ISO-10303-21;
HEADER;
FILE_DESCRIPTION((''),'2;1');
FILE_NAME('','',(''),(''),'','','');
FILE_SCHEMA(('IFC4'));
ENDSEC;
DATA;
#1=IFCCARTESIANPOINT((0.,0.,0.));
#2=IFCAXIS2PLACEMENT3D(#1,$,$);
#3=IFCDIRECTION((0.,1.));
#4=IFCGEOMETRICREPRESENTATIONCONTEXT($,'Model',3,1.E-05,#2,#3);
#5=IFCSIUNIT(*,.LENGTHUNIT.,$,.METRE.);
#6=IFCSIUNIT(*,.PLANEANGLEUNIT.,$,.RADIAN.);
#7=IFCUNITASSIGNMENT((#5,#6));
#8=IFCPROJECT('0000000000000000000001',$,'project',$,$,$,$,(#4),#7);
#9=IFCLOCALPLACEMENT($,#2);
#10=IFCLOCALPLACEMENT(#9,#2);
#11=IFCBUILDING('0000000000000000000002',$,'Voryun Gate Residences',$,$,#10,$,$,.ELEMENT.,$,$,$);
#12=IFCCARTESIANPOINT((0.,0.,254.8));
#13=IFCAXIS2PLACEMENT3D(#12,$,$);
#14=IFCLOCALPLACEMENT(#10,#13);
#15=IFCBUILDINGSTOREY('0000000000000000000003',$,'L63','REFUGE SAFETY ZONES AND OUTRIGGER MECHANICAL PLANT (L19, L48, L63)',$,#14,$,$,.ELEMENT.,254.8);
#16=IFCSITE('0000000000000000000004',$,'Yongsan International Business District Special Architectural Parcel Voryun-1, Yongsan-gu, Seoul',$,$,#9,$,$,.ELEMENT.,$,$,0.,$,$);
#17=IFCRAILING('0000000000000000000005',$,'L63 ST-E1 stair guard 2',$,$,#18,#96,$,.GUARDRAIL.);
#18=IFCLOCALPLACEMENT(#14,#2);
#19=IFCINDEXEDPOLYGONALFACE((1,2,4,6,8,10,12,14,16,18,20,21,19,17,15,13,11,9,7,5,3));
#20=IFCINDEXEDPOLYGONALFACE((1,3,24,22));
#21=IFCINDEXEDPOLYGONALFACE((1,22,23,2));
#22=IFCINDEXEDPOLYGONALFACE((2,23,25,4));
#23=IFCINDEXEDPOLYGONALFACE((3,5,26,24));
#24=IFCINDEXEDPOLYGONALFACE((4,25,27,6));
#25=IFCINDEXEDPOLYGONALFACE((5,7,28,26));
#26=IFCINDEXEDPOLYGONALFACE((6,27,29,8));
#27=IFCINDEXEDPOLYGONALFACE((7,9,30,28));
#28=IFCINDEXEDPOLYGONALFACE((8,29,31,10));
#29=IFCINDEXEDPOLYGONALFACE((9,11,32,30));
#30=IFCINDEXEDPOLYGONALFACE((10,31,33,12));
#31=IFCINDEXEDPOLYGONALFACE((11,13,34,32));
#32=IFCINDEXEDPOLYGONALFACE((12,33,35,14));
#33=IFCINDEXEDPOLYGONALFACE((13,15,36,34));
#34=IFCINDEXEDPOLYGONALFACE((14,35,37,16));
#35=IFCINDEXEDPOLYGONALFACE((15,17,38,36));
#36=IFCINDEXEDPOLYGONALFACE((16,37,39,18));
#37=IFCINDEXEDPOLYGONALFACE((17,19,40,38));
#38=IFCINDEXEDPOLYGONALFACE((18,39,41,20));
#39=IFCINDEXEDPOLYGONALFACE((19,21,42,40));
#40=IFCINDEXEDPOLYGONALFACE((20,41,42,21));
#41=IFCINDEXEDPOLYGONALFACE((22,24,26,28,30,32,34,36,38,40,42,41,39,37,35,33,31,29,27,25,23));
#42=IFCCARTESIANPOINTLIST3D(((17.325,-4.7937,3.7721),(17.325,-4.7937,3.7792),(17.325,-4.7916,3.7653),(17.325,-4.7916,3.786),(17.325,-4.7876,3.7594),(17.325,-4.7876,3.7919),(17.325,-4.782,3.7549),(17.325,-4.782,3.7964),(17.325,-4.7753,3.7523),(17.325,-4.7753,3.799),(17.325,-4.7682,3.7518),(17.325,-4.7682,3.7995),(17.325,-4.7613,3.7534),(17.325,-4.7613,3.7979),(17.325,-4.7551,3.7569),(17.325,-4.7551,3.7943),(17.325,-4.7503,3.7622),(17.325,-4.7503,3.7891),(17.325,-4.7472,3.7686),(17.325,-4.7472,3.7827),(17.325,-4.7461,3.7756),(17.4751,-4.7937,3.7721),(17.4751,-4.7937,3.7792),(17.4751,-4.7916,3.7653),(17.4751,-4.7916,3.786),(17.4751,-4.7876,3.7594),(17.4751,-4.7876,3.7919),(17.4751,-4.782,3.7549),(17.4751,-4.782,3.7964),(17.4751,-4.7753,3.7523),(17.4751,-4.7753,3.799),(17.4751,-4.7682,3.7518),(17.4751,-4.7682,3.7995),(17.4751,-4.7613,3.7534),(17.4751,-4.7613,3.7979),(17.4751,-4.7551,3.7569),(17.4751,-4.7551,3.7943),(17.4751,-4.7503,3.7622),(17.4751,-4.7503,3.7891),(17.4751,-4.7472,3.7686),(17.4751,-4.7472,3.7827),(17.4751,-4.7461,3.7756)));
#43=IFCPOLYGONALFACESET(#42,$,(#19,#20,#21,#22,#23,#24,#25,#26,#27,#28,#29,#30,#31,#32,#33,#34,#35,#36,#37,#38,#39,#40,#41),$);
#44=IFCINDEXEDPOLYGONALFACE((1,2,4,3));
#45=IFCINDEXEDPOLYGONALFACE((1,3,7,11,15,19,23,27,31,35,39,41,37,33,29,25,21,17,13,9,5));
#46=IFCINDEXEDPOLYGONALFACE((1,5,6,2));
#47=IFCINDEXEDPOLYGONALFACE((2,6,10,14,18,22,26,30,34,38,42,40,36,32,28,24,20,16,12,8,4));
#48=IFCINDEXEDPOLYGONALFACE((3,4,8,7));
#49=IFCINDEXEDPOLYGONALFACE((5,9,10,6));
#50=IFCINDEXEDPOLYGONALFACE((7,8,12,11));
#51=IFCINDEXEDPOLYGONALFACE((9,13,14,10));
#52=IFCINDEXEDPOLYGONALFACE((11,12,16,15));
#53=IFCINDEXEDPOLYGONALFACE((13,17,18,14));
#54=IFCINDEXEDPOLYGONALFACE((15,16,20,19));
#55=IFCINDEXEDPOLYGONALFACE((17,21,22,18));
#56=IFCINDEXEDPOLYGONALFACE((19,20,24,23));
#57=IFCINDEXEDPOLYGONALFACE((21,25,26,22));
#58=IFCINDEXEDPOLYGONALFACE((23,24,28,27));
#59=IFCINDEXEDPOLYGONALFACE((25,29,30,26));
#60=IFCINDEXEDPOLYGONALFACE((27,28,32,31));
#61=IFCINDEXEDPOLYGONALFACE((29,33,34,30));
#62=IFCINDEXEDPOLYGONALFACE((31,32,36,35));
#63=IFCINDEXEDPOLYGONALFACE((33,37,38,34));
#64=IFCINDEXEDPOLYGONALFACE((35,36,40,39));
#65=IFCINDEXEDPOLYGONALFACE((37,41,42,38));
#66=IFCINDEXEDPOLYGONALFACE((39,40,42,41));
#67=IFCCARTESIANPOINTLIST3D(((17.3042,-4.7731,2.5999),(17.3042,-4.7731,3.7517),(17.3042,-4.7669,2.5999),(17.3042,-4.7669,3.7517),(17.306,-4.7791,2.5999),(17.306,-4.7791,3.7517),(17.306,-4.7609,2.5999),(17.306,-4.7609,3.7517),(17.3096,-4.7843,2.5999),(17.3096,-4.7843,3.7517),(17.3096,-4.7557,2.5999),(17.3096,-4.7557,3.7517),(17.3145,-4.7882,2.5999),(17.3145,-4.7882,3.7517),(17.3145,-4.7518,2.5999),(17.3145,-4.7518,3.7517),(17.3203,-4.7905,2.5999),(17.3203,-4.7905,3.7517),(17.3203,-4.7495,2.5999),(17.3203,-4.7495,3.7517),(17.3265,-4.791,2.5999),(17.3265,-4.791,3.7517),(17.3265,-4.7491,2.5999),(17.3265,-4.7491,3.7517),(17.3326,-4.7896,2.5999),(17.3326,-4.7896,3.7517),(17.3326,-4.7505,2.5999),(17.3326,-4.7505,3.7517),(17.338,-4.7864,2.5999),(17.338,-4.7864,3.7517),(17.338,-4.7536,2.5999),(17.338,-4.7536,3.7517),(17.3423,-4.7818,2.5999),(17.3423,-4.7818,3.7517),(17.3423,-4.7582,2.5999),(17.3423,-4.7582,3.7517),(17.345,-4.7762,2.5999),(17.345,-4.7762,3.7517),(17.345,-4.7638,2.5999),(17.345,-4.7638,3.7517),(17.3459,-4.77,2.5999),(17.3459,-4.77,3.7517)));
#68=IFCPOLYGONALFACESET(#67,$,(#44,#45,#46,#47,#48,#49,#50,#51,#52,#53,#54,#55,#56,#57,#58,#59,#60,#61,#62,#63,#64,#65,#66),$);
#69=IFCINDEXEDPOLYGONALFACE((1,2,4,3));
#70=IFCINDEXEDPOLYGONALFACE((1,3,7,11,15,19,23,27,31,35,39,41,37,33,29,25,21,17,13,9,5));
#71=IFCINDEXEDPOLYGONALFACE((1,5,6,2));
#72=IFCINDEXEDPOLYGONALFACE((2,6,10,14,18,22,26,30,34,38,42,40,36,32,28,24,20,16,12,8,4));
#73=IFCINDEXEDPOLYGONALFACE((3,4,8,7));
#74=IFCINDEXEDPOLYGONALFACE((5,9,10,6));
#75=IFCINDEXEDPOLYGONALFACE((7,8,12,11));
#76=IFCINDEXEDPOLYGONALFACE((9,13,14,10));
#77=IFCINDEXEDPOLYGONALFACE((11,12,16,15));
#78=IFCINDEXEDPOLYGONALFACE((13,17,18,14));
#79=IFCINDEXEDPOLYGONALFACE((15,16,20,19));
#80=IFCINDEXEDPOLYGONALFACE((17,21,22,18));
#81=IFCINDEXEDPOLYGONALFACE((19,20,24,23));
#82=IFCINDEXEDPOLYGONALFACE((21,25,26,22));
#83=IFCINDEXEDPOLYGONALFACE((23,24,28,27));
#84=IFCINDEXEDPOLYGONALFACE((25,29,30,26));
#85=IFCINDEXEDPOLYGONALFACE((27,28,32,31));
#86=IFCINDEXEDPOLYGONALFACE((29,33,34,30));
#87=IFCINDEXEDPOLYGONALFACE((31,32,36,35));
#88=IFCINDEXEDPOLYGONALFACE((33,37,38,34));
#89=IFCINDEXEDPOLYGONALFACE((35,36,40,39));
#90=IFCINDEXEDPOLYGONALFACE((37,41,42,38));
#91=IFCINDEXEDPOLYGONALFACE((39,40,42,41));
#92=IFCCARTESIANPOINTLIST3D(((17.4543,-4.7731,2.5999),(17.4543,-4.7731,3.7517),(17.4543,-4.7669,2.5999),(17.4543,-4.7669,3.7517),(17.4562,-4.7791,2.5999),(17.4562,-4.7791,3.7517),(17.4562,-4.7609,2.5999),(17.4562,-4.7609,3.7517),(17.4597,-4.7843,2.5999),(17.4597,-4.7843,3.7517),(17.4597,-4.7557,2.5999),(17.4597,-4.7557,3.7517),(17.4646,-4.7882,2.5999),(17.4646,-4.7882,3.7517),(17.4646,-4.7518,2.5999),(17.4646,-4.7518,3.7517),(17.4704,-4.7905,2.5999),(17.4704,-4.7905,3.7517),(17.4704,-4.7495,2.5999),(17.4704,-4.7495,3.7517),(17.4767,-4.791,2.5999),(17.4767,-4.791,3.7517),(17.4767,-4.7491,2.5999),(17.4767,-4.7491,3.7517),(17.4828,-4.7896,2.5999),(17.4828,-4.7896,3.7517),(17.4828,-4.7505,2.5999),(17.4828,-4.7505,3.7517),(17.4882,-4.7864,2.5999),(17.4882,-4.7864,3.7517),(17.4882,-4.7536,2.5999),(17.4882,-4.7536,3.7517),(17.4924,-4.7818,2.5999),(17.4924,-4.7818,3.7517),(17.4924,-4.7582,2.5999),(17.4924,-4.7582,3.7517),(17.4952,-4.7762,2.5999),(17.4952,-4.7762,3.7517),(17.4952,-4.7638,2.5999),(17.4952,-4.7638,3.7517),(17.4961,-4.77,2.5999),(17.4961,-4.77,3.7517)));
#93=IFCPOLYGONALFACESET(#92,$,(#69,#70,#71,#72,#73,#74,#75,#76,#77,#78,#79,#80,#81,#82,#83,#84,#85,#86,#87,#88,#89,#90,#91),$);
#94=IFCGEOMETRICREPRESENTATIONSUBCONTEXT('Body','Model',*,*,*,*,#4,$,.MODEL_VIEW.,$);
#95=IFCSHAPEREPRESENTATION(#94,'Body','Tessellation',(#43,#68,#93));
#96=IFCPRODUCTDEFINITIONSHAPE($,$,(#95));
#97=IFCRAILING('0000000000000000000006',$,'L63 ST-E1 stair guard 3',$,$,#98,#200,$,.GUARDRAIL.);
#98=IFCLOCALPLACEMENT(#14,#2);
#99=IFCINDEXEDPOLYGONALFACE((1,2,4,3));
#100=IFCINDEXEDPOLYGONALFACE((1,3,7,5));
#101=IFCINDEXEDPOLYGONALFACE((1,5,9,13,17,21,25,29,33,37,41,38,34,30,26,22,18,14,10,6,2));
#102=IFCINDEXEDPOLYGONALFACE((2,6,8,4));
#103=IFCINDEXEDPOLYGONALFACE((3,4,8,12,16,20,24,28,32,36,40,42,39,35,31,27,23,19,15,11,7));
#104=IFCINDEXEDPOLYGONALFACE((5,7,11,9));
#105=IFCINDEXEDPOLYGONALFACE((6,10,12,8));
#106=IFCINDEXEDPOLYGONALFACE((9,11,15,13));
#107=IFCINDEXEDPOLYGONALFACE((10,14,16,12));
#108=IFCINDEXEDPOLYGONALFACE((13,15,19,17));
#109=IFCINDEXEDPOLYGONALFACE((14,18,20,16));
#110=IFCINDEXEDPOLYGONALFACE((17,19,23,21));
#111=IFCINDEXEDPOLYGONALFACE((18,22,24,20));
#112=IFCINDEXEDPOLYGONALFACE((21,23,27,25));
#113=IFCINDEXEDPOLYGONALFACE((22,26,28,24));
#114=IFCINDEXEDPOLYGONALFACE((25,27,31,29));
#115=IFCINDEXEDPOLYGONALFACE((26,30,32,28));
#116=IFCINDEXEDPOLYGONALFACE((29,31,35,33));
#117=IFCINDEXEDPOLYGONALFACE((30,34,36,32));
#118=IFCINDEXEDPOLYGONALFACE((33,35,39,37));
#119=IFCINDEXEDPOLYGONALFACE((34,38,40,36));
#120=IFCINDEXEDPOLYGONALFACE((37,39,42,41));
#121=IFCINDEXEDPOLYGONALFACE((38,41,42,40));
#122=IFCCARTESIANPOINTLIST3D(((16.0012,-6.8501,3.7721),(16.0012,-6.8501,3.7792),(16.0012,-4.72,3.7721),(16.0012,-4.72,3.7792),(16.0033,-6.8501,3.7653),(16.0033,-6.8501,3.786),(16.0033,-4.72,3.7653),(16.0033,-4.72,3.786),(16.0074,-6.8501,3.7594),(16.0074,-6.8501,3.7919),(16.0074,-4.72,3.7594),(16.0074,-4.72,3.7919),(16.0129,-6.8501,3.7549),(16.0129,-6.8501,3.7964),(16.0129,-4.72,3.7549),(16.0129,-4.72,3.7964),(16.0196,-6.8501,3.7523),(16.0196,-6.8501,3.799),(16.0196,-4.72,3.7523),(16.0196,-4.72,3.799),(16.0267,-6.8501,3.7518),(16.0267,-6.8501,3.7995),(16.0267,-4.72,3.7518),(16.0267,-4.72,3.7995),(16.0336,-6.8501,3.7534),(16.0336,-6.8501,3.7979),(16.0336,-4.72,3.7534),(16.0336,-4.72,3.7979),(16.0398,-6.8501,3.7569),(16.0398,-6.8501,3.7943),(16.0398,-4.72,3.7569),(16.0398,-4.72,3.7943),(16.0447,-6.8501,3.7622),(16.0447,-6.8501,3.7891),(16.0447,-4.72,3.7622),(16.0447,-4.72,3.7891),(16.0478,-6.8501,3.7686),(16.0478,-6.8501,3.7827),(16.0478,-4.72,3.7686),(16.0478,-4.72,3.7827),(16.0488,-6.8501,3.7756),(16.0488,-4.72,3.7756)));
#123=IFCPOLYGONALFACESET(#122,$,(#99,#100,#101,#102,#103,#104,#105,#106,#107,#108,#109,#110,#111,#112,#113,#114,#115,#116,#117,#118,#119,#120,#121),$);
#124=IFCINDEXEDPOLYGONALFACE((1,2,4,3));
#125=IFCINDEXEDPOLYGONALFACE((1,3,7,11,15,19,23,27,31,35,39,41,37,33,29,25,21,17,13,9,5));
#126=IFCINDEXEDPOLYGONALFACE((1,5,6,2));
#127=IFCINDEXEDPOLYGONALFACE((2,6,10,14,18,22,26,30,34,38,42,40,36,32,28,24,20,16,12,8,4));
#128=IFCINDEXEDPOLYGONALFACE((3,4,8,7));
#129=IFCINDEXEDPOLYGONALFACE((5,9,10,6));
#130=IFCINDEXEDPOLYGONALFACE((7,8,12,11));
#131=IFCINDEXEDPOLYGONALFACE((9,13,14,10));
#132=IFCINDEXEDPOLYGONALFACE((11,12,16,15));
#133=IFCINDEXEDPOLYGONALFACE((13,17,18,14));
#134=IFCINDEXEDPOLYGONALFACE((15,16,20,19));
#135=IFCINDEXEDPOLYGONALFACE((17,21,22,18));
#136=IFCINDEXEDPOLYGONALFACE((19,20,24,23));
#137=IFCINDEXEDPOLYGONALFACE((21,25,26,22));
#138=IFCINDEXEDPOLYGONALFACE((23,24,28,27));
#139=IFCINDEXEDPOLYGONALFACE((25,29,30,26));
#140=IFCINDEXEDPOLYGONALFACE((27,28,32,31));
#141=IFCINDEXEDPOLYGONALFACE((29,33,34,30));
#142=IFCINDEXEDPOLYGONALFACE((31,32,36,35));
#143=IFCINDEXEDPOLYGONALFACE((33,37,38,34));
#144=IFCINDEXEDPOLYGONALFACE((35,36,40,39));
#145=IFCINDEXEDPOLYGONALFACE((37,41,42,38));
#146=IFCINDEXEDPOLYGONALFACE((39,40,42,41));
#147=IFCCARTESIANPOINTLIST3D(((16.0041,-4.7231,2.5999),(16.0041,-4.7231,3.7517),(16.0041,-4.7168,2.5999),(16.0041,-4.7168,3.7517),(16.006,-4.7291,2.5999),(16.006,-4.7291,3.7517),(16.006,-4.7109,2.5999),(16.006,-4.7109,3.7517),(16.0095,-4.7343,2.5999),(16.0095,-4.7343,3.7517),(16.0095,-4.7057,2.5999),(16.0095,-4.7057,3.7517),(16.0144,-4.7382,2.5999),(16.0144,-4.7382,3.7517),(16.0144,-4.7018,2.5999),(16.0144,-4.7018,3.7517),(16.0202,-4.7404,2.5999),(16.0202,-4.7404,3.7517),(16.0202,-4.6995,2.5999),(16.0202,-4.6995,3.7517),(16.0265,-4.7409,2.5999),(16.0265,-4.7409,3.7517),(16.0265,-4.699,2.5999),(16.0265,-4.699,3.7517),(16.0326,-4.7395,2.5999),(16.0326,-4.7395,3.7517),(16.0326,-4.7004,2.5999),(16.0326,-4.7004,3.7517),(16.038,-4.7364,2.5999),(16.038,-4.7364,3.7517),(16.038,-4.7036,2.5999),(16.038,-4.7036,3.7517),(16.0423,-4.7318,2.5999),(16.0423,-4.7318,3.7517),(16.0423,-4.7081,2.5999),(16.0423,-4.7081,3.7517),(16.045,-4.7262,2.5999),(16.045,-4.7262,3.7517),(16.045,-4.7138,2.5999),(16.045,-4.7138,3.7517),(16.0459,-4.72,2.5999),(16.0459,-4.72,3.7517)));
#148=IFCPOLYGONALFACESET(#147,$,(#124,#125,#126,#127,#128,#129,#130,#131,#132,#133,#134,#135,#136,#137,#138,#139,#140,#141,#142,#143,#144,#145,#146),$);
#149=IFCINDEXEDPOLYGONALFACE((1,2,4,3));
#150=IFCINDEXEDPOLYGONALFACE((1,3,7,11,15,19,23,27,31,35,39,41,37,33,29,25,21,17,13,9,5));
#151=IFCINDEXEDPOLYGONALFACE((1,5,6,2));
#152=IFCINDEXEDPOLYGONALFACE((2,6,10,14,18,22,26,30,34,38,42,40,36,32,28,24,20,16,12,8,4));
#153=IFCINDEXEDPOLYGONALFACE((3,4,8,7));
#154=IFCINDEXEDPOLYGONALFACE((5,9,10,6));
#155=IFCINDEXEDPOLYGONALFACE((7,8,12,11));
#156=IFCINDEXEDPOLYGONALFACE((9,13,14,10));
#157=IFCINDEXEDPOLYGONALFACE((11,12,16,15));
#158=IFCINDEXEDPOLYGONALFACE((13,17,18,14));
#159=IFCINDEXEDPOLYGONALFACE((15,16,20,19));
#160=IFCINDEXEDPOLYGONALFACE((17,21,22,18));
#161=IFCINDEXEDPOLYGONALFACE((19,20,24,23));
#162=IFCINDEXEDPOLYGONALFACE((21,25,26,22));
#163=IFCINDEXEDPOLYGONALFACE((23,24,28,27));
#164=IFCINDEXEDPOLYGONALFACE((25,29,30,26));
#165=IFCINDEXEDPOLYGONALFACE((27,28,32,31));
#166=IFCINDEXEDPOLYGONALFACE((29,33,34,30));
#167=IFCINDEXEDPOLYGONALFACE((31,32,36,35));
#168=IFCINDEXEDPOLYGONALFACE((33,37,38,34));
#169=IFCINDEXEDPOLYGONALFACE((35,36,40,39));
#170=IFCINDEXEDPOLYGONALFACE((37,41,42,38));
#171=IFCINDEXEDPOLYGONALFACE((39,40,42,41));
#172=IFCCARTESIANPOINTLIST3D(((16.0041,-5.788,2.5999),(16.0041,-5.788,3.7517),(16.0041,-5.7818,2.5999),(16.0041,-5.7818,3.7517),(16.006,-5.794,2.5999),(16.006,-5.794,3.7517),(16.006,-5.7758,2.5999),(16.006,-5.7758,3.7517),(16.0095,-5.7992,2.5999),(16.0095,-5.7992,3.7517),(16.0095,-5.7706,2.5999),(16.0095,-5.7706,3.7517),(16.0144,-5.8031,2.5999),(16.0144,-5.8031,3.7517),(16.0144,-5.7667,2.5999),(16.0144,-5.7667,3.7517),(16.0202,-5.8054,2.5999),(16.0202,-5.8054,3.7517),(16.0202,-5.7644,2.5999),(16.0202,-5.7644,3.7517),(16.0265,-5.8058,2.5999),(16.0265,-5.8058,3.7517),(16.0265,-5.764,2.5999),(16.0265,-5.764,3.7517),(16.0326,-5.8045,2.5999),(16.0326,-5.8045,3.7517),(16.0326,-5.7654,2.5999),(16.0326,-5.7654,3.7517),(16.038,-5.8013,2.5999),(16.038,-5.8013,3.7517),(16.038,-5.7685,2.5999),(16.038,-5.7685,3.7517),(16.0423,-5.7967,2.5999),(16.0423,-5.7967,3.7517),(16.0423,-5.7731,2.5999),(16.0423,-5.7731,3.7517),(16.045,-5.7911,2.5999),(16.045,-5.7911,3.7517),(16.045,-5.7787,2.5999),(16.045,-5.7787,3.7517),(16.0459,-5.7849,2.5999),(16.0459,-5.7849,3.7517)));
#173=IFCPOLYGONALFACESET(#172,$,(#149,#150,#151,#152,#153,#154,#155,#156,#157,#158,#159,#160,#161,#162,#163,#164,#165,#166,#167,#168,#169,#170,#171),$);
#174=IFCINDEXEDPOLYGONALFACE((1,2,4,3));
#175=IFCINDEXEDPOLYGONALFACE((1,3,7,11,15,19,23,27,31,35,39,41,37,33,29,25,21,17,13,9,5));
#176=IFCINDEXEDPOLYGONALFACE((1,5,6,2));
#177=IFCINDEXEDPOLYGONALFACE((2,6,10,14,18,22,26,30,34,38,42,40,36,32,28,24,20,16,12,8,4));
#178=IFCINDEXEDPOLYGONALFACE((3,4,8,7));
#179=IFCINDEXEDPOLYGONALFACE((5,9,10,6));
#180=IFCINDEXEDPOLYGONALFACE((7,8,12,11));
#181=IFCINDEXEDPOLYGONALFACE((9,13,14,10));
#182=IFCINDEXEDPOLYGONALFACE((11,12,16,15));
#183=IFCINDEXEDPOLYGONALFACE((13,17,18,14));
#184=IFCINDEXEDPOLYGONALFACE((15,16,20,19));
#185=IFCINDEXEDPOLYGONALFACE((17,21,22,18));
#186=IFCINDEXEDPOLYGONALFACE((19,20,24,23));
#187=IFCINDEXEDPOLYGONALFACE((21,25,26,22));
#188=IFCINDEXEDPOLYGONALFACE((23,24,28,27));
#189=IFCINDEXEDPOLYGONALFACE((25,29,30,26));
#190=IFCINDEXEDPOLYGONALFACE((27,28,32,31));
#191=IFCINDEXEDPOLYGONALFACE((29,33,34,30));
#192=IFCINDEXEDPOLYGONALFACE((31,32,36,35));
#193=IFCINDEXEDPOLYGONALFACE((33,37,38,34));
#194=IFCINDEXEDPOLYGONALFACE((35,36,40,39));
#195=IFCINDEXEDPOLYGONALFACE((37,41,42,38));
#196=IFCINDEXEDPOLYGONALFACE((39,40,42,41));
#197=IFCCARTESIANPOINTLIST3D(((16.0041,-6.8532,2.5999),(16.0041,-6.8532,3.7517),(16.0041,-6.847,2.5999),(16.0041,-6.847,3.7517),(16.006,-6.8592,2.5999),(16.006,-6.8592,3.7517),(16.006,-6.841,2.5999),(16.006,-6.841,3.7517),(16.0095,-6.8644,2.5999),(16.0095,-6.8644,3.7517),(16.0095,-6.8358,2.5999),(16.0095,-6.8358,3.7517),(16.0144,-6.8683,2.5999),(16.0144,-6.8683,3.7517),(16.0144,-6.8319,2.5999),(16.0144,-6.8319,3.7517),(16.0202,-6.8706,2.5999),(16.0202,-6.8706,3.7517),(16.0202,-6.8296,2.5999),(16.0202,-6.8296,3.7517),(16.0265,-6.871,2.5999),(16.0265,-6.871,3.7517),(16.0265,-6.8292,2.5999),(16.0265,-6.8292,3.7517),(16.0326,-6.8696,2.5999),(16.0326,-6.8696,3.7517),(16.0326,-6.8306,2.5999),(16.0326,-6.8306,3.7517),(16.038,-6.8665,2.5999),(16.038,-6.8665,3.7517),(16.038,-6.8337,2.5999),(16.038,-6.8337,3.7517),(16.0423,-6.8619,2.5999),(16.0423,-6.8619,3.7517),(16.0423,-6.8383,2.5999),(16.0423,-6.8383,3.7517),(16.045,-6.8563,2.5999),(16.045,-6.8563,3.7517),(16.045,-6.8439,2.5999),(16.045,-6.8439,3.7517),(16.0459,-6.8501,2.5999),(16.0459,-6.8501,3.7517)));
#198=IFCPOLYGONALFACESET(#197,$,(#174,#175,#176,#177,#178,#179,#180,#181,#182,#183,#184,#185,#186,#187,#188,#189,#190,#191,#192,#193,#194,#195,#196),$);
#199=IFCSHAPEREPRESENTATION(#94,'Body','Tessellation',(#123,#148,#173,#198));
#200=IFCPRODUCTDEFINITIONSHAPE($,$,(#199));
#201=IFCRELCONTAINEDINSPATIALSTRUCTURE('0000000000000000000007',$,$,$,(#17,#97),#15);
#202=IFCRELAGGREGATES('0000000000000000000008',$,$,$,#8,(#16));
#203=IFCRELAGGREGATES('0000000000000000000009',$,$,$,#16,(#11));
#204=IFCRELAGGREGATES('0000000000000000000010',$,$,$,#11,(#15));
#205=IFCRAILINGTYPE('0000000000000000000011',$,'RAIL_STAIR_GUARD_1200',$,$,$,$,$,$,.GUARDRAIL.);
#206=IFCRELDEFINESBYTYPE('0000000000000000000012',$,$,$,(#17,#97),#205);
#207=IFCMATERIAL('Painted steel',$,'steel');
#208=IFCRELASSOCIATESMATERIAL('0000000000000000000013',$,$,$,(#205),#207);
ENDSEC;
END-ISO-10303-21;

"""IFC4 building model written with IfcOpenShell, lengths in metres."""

from ifc_helpers import new_model, si_unit, direction, frame, origin, origin_2d, place, context, subcontext, project, spatial, circle, extrude, material, type_object, element, save


model = new_model("IFC4")

# Units and contexts
model_context = context("Model", 3, precision=1e-05, world=origin(), true_north=direction((0.0, 1.0)))
body_context = subcontext(model_context, "Body", "Model", "MODEL_VIEW")
ifc_project = project(units=[si_unit("LENGTHUNIT", "METRE"), si_unit("PLANEANGLEUNIT", "RADIAN")], contexts=[model_context])

# Site, building, storey
site_placement = place(None, origin())
site = spatial("IfcSite", under=ifc_project, at=site_placement, Name="Yongsan International Business District Special Architectural Parcel Voryun-1, Yongsan-gu, Seoul", CompositionType="ELEMENT", RefElevation=0.0)
building_placement = place(site_placement, origin())
building = spatial("IfcBuilding", under=site, at=building_placement, Name="Voryun Gate Residences", CompositionType="ELEMENT")
storey_placement = place(building_placement, frame((0.0, 0.0, 254.8)))
storey = spatial("IfcBuildingStorey", under=building, at=storey_placement, Name="L63", Description="REFUGE SAFETY ZONES AND OUTRIGGER MECHANICAL PLANT (L19, L48, L63)", CompositionType="ELEMENT", Elevation=254.8)

# Railings
ifc_material_1 = material(Name="Painted steel", Category="steel")
railing_type = type_object("IfcRailingType", Name="RAIL_STAIR_GUARD_1200", PredefinedType="GUARDRAIL", material=ifc_material_1)
railing_1_placement = place(storey_placement, frame((17.325, -4.77, 2.5999)))
element("IfcRailing", 1, at=railing_1_placement, inside=storey, type_object=railing_type, Name="L63 ST-E1 stair guard 2", PredefinedType="GUARDRAIL", context=body_context, shape_type="SweptSolid", body=[
    extrude(circle(Radius=0.0239, at=origin_2d()), frame((0.0, 0.0, 1.1758), z_axis=(1.0, 0.0, 0.0), x_axis=(0.0, 1.0, 0.0)), (0.0, 0.0, 1.0), 0.1501),
    extrude(circle(Radius=0.021, at=origin_2d()), origin(), (0.0, 0.0, 1.0), 1.1519),
    extrude(circle(Radius=0.021, at=origin_2d()), frame((0.1501, 0.0, 0.0)), (0.0, 0.0, 1.0), 1.1519),
])
railing_2_placement = place(storey_placement, frame((16.0249, -4.72, 2.5999)))
element("IfcRailing", 2, at=railing_2_placement, inside=storey, type_object=railing_type, Name="L63 ST-E1 stair guard 3", PredefinedType="GUARDRAIL", context=body_context, shape_type="SweptSolid", body=[
    extrude(circle(Radius=0.0239, at=origin_2d()), frame((0.0, 0.0, 1.1758), z_axis=(0.0, -1.0, 0.0), x_axis=(1.0, 0.0, 0.0)), (0.0, 0.0, 1.0), 2.1301),
    extrude(circle(Radius=0.021, at=origin_2d()), origin(), (0.0, 0.0, 1.0), 1.1519),
    extrude(circle(Radius=0.021, at=origin_2d()), frame((0.0, -1.0649, 0.0)), (0.0, 0.0, 1.0), 1.1519),
    extrude(circle(Radius=0.021, at=origin_2d()), frame((0.0, -2.1301, 0.0)), (0.0, 0.0, 1.0), 1.1519),
])

save(model, "model.ifc")
